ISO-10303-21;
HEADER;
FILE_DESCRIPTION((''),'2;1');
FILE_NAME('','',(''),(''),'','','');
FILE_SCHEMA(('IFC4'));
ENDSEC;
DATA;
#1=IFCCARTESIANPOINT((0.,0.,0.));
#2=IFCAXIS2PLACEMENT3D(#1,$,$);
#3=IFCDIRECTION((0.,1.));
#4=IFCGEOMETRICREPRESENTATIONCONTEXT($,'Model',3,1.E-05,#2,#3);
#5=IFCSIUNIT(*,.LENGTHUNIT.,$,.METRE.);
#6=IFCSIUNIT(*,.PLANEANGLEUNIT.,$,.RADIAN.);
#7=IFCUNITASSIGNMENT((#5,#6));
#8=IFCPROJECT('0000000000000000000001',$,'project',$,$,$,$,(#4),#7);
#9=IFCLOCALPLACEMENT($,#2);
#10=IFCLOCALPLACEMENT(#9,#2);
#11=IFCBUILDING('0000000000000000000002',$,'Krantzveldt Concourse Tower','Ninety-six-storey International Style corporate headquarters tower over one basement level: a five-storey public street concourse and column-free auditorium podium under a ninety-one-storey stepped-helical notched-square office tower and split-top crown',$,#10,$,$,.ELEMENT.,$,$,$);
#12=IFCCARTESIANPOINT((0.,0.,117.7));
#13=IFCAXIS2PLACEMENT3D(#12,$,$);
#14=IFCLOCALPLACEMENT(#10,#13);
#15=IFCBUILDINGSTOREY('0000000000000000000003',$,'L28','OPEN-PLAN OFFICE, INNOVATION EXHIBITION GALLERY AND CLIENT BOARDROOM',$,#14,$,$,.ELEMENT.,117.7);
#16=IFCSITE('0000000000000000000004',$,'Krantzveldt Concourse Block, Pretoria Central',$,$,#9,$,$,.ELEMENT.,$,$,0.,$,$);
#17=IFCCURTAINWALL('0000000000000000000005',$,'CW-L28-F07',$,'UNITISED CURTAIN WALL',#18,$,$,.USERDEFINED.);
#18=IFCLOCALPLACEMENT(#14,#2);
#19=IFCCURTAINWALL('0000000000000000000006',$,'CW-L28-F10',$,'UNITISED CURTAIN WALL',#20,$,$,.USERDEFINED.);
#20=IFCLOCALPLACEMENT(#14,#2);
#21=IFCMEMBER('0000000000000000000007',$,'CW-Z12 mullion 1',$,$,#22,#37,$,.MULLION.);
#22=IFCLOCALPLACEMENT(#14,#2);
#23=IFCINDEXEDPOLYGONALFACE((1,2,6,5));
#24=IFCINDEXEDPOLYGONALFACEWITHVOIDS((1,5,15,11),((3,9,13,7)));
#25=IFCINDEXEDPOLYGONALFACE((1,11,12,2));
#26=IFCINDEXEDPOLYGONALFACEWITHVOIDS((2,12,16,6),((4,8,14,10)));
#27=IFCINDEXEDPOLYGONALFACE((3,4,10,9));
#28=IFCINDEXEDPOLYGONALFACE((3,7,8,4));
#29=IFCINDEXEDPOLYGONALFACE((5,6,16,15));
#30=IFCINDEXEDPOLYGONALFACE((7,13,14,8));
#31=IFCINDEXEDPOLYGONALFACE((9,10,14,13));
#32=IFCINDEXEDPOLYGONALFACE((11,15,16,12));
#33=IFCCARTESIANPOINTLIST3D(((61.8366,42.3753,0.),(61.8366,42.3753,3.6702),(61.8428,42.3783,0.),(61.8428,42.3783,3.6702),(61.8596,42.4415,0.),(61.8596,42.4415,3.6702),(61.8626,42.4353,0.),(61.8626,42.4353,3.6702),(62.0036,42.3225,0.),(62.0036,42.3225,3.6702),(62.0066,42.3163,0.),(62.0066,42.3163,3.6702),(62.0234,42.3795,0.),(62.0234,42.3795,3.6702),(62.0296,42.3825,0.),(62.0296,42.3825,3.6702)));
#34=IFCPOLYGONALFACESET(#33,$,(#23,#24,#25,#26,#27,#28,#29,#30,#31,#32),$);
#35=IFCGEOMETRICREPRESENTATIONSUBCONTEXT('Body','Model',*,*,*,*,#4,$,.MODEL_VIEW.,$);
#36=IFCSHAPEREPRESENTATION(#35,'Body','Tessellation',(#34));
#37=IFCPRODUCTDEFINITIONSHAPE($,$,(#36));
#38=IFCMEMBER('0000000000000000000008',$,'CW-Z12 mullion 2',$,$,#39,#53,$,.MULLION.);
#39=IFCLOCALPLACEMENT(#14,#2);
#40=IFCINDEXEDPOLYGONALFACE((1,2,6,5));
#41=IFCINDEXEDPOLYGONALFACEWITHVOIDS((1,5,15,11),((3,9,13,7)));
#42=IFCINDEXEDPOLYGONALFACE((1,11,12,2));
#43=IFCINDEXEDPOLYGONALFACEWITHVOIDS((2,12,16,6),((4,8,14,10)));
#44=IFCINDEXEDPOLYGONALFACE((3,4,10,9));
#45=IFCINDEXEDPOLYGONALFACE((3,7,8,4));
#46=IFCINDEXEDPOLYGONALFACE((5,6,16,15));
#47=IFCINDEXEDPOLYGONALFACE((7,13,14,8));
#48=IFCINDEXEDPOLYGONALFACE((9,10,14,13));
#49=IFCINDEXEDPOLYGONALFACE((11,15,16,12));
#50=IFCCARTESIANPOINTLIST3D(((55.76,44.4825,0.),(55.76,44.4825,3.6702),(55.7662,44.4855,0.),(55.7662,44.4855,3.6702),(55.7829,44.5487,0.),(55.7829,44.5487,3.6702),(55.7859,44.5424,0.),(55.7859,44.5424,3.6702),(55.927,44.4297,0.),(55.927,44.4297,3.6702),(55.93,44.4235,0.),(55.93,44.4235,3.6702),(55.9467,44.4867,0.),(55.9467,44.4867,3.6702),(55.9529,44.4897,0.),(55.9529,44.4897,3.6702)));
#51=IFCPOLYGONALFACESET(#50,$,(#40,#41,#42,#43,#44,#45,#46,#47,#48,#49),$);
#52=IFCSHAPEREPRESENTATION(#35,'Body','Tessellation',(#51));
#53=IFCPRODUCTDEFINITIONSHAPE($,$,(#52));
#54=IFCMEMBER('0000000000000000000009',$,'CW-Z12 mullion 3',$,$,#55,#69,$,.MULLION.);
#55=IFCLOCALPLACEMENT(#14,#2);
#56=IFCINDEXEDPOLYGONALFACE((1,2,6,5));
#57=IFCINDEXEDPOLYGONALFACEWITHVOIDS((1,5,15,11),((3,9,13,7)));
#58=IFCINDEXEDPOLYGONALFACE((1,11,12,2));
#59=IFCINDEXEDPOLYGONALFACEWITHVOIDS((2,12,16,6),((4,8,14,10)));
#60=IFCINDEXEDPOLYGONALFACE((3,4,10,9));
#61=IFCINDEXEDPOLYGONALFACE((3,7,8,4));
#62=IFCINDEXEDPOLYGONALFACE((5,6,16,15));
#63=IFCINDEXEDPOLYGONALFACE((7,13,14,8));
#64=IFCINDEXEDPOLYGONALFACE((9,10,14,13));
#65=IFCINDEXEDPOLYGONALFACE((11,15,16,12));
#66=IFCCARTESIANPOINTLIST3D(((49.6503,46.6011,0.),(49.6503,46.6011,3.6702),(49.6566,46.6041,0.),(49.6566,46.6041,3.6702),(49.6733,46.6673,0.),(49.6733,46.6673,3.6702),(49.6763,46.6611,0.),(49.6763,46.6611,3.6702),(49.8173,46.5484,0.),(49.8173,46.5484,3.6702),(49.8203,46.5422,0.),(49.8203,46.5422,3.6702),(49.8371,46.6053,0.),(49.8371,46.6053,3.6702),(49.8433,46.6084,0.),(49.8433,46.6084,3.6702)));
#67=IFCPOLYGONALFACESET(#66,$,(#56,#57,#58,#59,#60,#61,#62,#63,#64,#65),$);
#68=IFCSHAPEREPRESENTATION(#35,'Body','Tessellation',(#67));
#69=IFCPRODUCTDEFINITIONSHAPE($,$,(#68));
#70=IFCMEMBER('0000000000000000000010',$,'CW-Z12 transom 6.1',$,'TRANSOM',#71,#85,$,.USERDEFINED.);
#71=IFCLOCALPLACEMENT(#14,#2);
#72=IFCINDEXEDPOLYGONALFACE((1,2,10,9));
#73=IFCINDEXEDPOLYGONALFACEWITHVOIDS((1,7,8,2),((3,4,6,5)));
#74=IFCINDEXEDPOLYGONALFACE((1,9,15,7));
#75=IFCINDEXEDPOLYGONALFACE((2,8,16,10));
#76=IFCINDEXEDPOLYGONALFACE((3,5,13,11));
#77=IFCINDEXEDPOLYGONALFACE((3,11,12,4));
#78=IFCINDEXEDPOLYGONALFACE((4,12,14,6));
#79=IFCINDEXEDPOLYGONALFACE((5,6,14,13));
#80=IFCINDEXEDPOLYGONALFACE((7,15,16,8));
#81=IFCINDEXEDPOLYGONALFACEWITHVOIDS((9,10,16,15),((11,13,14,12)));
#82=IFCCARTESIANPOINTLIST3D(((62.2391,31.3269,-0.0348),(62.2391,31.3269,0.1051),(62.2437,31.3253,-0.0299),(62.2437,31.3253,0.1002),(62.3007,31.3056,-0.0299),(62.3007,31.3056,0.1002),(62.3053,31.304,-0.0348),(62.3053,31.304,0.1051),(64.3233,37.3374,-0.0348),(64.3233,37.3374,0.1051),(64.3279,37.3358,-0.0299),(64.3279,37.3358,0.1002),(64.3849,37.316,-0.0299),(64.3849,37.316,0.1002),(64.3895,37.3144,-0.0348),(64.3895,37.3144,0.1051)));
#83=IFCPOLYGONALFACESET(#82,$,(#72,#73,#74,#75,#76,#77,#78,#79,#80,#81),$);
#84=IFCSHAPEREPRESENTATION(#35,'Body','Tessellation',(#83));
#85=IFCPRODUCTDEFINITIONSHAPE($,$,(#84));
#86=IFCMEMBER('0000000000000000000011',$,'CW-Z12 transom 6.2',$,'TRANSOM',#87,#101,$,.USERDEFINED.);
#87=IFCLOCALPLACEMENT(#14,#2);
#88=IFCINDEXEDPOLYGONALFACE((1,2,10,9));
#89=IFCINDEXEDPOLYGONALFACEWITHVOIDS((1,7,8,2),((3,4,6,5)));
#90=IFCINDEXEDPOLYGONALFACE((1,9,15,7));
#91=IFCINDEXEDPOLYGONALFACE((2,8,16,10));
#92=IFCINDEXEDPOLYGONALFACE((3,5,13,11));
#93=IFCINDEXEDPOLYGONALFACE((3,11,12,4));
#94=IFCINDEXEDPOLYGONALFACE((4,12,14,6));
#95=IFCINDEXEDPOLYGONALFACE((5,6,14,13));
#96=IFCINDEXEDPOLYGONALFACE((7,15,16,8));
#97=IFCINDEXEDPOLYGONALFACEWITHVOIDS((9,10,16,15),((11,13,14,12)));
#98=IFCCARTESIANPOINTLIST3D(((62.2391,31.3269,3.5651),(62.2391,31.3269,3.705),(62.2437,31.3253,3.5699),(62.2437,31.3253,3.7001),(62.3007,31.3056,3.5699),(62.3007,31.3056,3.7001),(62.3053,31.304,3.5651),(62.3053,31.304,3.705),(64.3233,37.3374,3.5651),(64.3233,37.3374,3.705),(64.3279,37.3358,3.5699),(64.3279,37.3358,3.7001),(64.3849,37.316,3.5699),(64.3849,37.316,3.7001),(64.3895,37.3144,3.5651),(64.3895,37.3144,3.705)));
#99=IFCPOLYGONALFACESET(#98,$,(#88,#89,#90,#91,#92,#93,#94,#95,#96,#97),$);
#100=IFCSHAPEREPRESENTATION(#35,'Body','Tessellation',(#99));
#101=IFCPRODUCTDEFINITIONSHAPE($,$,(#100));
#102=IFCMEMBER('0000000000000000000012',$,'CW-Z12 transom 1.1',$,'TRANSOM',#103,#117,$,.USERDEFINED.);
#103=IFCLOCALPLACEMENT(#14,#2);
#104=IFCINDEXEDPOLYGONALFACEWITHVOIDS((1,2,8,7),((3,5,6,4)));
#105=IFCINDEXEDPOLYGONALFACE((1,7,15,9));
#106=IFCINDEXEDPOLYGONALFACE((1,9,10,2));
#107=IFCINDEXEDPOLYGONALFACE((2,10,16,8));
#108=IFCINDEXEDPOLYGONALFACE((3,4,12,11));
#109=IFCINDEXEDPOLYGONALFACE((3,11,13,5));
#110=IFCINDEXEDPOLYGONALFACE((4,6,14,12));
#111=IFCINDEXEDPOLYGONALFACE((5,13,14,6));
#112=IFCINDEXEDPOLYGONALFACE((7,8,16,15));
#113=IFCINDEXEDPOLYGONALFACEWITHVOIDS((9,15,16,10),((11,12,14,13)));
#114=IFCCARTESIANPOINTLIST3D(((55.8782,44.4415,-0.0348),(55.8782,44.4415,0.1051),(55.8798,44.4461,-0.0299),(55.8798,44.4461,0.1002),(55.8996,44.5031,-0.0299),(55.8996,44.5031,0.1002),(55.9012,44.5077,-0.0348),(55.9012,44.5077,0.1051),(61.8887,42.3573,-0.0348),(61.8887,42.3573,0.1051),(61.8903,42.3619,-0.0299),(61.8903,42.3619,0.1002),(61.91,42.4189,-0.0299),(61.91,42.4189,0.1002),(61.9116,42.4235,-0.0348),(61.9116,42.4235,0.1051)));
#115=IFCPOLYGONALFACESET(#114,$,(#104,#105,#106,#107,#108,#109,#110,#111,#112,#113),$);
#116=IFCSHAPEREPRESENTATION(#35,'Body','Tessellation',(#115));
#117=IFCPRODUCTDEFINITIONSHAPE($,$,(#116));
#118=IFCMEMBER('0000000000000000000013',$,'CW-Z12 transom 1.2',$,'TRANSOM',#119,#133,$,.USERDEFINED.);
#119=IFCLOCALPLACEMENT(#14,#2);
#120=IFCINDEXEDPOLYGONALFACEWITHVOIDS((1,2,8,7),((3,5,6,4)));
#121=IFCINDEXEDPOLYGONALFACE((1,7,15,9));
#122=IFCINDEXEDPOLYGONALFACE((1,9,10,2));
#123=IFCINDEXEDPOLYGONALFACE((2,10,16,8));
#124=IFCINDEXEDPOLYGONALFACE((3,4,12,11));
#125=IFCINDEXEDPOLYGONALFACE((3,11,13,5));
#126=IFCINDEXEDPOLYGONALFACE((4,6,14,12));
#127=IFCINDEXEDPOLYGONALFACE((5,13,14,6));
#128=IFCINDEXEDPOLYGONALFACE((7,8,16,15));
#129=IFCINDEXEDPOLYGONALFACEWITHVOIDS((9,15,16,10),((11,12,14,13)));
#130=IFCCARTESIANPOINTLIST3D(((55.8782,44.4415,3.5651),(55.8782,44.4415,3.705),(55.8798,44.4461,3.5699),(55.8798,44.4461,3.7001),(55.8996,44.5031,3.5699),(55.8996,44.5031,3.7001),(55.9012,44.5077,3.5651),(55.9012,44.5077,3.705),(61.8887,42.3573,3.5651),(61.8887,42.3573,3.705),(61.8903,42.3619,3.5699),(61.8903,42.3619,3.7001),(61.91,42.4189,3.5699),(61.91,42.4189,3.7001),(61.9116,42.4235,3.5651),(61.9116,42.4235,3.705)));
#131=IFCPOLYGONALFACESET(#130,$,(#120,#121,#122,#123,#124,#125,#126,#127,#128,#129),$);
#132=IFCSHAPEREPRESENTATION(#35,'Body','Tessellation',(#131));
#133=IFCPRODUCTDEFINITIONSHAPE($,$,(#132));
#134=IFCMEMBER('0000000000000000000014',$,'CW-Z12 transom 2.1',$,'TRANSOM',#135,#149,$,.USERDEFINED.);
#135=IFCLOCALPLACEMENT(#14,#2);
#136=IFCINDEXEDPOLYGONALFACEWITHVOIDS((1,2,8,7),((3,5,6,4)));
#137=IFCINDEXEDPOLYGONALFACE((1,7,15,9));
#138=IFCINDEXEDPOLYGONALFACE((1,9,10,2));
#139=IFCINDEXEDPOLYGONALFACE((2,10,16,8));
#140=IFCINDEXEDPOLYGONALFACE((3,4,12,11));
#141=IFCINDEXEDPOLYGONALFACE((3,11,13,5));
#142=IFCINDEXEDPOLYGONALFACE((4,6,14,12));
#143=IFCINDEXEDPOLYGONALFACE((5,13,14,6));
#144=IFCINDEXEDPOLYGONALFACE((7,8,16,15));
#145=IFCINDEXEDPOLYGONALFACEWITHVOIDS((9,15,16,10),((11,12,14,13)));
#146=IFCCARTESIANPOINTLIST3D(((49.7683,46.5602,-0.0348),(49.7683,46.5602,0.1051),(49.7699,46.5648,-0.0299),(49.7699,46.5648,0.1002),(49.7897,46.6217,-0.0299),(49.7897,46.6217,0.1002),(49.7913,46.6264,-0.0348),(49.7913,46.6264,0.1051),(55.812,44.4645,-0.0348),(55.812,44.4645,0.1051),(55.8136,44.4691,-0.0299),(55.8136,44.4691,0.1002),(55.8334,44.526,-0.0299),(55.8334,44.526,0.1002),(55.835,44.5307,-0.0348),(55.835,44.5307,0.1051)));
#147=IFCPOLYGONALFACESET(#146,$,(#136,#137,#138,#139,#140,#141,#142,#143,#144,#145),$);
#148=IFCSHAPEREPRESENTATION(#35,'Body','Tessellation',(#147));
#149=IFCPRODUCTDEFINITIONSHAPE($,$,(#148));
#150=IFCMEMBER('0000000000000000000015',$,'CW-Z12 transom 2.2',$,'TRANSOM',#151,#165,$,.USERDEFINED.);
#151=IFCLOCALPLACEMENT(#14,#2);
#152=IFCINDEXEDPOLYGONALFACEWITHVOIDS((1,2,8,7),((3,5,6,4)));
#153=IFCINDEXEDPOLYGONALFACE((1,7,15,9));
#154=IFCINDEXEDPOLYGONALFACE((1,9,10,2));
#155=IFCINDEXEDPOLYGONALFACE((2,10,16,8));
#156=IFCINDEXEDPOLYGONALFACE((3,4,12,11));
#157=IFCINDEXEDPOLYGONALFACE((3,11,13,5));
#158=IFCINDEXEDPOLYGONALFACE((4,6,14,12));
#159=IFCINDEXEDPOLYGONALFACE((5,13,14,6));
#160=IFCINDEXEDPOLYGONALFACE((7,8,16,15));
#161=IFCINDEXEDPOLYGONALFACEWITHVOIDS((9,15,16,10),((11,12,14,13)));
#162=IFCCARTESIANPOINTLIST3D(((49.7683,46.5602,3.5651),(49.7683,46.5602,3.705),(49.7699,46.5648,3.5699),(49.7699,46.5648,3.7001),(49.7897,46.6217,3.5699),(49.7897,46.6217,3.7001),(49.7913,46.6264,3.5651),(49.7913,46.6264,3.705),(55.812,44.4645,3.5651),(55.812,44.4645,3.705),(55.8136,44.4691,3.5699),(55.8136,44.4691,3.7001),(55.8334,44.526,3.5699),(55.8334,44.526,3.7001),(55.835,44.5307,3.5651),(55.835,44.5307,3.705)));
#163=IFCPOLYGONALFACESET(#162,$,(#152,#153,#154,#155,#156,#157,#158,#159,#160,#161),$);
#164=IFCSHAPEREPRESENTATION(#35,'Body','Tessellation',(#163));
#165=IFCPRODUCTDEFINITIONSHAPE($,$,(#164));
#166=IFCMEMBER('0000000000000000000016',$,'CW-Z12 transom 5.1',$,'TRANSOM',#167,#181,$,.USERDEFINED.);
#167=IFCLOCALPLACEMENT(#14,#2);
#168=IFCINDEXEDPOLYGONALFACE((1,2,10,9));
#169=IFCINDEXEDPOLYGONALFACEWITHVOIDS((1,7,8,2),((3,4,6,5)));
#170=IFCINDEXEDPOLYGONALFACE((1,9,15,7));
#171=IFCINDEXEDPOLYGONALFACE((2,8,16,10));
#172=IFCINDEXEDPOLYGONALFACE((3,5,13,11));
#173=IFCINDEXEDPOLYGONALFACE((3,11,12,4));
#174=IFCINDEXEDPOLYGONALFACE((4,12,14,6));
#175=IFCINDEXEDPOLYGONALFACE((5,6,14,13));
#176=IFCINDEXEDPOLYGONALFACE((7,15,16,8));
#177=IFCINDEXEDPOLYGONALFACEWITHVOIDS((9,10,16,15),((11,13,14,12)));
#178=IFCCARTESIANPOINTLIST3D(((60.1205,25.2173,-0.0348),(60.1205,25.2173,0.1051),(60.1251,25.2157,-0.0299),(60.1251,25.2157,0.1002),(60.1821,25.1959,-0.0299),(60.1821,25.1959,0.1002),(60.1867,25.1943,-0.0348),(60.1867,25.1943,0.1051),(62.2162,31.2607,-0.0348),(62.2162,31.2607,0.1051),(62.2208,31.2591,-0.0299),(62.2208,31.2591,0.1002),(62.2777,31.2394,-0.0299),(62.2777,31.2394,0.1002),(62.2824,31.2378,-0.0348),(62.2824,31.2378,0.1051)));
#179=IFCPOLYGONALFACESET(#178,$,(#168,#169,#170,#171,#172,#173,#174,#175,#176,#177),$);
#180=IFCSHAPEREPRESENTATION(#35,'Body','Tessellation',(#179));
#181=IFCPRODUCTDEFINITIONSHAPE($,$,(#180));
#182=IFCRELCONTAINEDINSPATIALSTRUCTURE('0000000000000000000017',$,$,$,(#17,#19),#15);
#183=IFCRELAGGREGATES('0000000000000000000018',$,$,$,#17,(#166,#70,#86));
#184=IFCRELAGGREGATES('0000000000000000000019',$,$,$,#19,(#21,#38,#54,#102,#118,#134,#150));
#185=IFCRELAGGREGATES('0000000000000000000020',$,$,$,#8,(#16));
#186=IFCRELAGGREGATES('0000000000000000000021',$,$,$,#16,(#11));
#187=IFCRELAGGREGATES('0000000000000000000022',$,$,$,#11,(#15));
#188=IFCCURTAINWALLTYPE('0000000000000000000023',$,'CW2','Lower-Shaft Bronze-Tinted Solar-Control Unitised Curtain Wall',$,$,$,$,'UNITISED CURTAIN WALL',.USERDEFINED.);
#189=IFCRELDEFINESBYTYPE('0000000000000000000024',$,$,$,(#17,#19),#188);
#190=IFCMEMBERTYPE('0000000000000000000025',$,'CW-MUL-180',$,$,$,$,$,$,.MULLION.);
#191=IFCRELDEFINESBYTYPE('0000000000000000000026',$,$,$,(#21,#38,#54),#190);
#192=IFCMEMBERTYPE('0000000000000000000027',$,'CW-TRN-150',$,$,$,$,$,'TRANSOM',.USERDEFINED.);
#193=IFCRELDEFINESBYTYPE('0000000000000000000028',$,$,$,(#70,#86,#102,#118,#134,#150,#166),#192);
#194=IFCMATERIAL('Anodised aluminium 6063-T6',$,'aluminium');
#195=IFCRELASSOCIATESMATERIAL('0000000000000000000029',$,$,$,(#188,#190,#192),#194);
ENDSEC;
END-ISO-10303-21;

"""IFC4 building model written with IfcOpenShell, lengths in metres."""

from ifc_helpers import new_model, si_unit, direction, frame, origin, origin_2d, place, context, subcontext, project, spatial, hollow_rectangle, extrude, source, transform, mapped, material, material_profile, profile_set, type_object, type_shapes, element, aggregate, save


model = new_model("IFC4")

# Units and contexts
model_context = context("Model", 3, precision=1e-05, world=origin(), true_north=direction((0.0, 1.0)))
body_context = subcontext(model_context, "Body", "Model", "MODEL_VIEW")
ifc_project = project(units=[si_unit("LENGTHUNIT", "METRE"), si_unit("PLANEANGLEUNIT", "RADIAN")], contexts=[model_context])

# Site, building, storey
site_placement = place(None, origin())
site = spatial("IfcSite", under=ifc_project, at=site_placement, Name="Krantzveldt Concourse Block, Pretoria Central", CompositionType="ELEMENT", RefElevation=0.0)
building_placement = place(site_placement, origin())
building = spatial("IfcBuilding", under=site, at=building_placement, Name="Krantzveldt Concourse Tower", Description="Ninety-six-storey International Style corporate headquarters tower over one basement level: a five-storey public street concourse and column-free auditorium podium under a ninety-one-storey stepped-helical notched-square office tower and split-top crown", CompositionType="ELEMENT")
storey_placement = place(building_placement, frame((0.0, 0.0, 117.7)))
storey = spatial("IfcBuildingStorey", under=building, at=storey_placement, Name="L28", Description="OPEN-PLAN OFFICE, INNOVATION EXHIBITION GALLERY AND CLIENT BOARDROOM", CompositionType="ELEMENT", Elevation=117.7)

# Curtain walls, members
ifc_material_1 = material(Name="Anodised aluminium 6063-T6", Category="aluminium")
curtain_wall_type = type_object("IfcCurtainWallType", Name="CW2", Description="Lower-Shaft Bronze-Tinted Solar-Control Unitised Curtain Wall", ElementType="UNITISED CURTAIN WALL", PredefinedType="USERDEFINED", material=ifc_material_1)
curtain_wall_1_placement = place(storey_placement, origin())
curtain_wall_1 = element("IfcCurtainWall", 1, at=curtain_wall_1_placement, inside=storey, type_object=curtain_wall_type, Name="CW-L28-F07", ObjectType="UNITISED CURTAIN WALL", PredefinedType="USERDEFINED")
ifc_material_profile_1 = material_profile(ifc_material_1, hollow_rectangle(XDim=0.0701, YDim=0.1799, WallThickness=0.0049, at=origin_2d()), Name="Anodised aluminium 6063-T6", Category="aluminium")
ifc_profile_set_1 = profile_set([ifc_material_profile_1], Name="Anodised aluminium 6063-T6 - ALU-MULL 180x70x5")
member_type_1 = type_object("IfcMemberType", Name="CW-MUL-180", PredefinedType="MULLION", material=ifc_profile_set_1)
shared_shape_1 = source(origin(), body_context, "Body", "SweptSolid", [
    extrude(hollow_rectangle(XDim=0.0701, YDim=0.1799, WallThickness=0.0049, at=origin_2d()), origin(), (0.0, 0.0, 1.0), 3.6702),
])
type_shapes(member_type_1, [shared_shape_1])
curtain_wall_2_placement = place(storey_placement, origin())
curtain_wall_2 = element("IfcCurtainWall", 2, at=curtain_wall_2_placement, inside=storey, type_object=curtain_wall_type, Name="CW-L28-F10", ObjectType="UNITISED CURTAIN WALL", PredefinedType="USERDEFINED")
member_1_placement = place(storey_placement, frame((61.9331, 42.3789, 0.0), z_axis=(0.0, 0.0, 1.0), x_axis=(-0.32763, -0.944806, 0.0)))
member_1 = element("IfcMember", 3, at=member_1_placement, type_object=member_type_1, Name="CW-Z12 mullion 1", PredefinedType="MULLION", context=body_context, shape_type="MappedRepresentation", body=[
    mapped(shared_shape_1, transform((0.0, 0.0, 0.0), x_axis=(1.0, 0.0, 0.0), y_axis=(0.0, 1.0, 0.0), z_axis=(0.0, 0.0, 1.0), scale=1.0)),
])
member_2_placement = place(storey_placement, frame((55.8564, 44.4861, 0.0), z_axis=(0.0, 0.0, 1.0), x_axis=(-0.32763, -0.944806, 0.0)))
member_2 = element("IfcMember", 4, at=member_2_placement, type_object=member_type_1, Name="CW-Z12 mullion 2", PredefinedType="MULLION", context=body_context, shape_type="MappedRepresentation", body=[
    mapped(shared_shape_1, transform((0.0, 0.0, 0.0), x_axis=(1.0, 0.0, 0.0), y_axis=(0.0, 1.0, 0.0), z_axis=(0.0, 0.0, 1.0), scale=1.0)),
])
member_3_placement = place(storey_placement, frame((49.7468, 46.6047, 0.0), z_axis=(0.0, 0.0, 1.0), x_axis=(-0.32763, -0.944806, 0.0)))
member_3 = element("IfcMember", 5, at=member_3_placement, type_object=member_type_1, Name="CW-Z12 mullion 3", PredefinedType="MULLION", context=body_context, shape_type="MappedRepresentation", body=[
    mapped(shared_shape_1, transform((0.0, 0.0, 0.0), x_axis=(1.0, 0.0, 0.0), y_axis=(0.0, 1.0, 0.0), z_axis=(0.0, 0.0, 1.0), scale=1.0)),
])

# Members
ifc_material_profile_2 = material_profile(ifc_material_1, hollow_rectangle(XDim=0.0701, YDim=0.1399, WallThickness=0.0049, at=origin_2d()), Name="Anodised aluminium 6063-T6", Category="aluminium")
ifc_profile_set_2 = profile_set([ifc_material_profile_2], Name="Anodised aluminium 6063-T6 - ALU-TRAN 140x70x5")
member_type_2 = type_object("IfcMemberType", Name="CW-TRN-150", ElementType="TRANSOM", PredefinedType="USERDEFINED", material=ifc_profile_set_2)
shared_shape_2 = source(origin(), body_context, "Body", "SweptSolid", [
    extrude(hollow_rectangle(XDim=0.0701, YDim=0.1399, WallThickness=0.0049, at=origin_2d()), origin(), (0.0, 0.0, 1.0), 6.3616),
])
member_4_placement = place(storey_placement, frame((62.2722, 31.3154, 0.0352), z_axis=(0.327626, 0.944808, 0.0), x_axis=(-0.944808, 0.327626, 0.0)))
member_4 = element("IfcMember", 6, at=member_4_placement, type_object=member_type_2, Name="CW-Z12 transom 6.1", ObjectType="TRANSOM", PredefinedType="USERDEFINED", context=body_context, shape_type="MappedRepresentation", body=[
    mapped(shared_shape_2, transform((0.0, 0.0, 0.0), x_axis=(1.0, 0.0, 0.0), y_axis=(0.0, 1.0, 0.0), z_axis=(0.0, 0.0, 1.0), scale=1.0)),
])
member_5_placement = place(storey_placement, frame((62.2722, 31.3154, 3.635), z_axis=(0.327626, 0.944808, 0.0), x_axis=(-0.944808, 0.327626, 0.0)))
member_5 = element("IfcMember", 7, at=member_5_placement, type_object=member_type_2, Name="CW-Z12 transom 6.2", ObjectType="TRANSOM", PredefinedType="USERDEFINED", context=body_context, shape_type="MappedRepresentation", body=[
    mapped(shared_shape_2, transform((0.0, 0.0, 0.0), x_axis=(1.0, 0.0, 0.0), y_axis=(0.0, 1.0, 0.0), z_axis=(0.0, 0.0, 1.0), scale=1.0)),
])
member_6_placement = place(storey_placement, frame((61.9001, 42.3904, 0.0352), z_axis=(-0.944808, 0.327626, 0.0), x_axis=(-0.327626, -0.944808, 0.0)))
member_6 = element("IfcMember", 8, at=member_6_placement, type_object=member_type_2, Name="CW-Z12 transom 1.1", ObjectType="TRANSOM", PredefinedType="USERDEFINED", context=body_context, shape_type="MappedRepresentation", body=[
    mapped(shared_shape_2, transform((0.0, 0.0, 0.0), x_axis=(1.0, 0.0, 0.0), y_axis=(0.0, 1.0, 0.0), z_axis=(0.0, 0.0, 1.0), scale=1.0)),
])
member_7_placement = place(storey_placement, frame((61.9001, 42.3904, 3.635), z_axis=(-0.944808, 0.327626, 0.0), x_axis=(-0.327626, -0.944808, 0.0)))
member_7 = element("IfcMember", 9, at=member_7_placement, type_object=member_type_2, Name="CW-Z12 transom 1.2", ObjectType="TRANSOM", PredefinedType="USERDEFINED", context=body_context, shape_type="MappedRepresentation", body=[
    mapped(shared_shape_2, transform((0.0, 0.0, 0.0), x_axis=(1.0, 0.0, 0.0), y_axis=(0.0, 1.0, 0.0), z_axis=(0.0, 0.0, 1.0), scale=1.0)),
])
shared_shape_3 = source(origin(), body_context, "Body", "SweptSolid", [
    extrude(hollow_rectangle(XDim=0.0701, YDim=0.1399, WallThickness=0.0049, at=origin_2d()), origin(), (0.0, 0.0, 1.0), 6.3967),
])
member_8_placement = place(storey_placement, frame((55.8235, 44.4976, 0.0352), z_axis=(-0.944809, 0.32762, 0.0), x_axis=(-0.32762, -0.944809, 0.0)))
member_8 = element("IfcMember", 10, at=member_8_placement, type_object=member_type_2, Name="CW-Z12 transom 2.1", ObjectType="TRANSOM", PredefinedType="USERDEFINED", context=body_context, shape_type="MappedRepresentation", body=[
    mapped(shared_shape_3, transform((0.0, 0.0, 0.0), x_axis=(1.0, 0.0, 0.0), y_axis=(0.0, 1.0, 0.0), z_axis=(0.0, 0.0, 1.0), scale=1.0)),
])
member_9_placement = place(storey_placement, frame((55.8235, 44.4976, 3.635), z_axis=(-0.944809, 0.32762, 0.0), x_axis=(-0.32762, -0.944809, 0.0)))
member_9 = element("IfcMember", 11, at=member_9_placement, type_object=member_type_2, Name="CW-Z12 transom 2.2", ObjectType="TRANSOM", PredefinedType="USERDEFINED", context=body_context, shape_type="MappedRepresentation", body=[
    mapped(shared_shape_3, transform((0.0, 0.0, 0.0), x_axis=(1.0, 0.0, 0.0), y_axis=(0.0, 1.0, 0.0), z_axis=(0.0, 0.0, 1.0), scale=1.0)),
])
shared_shape_4 = source(origin(), body_context, "Body", "SweptSolid", [
    extrude(hollow_rectangle(XDim=0.0701, YDim=0.1399, WallThickness=0.0049, at=origin_2d()), origin(), (0.0, 0.0, 1.0), 6.3965),
])
type_shapes(member_type_2, [shared_shape_2, shared_shape_3, shared_shape_4])
member_10_placement = place(storey_placement, frame((60.1536, 25.2058, 0.0352), z_axis=(0.327632, 0.944805, 0.0), x_axis=(-0.944805, 0.327632, 0.0)))
member_10 = element("IfcMember", 12, at=member_10_placement, type_object=member_type_2, Name="CW-Z12 transom 5.1", ObjectType="TRANSOM", PredefinedType="USERDEFINED", context=body_context, shape_type="MappedRepresentation", body=[
    mapped(shared_shape_4, transform((0.0, 0.0, 0.0), x_axis=(1.0, 0.0, 0.0), y_axis=(0.0, 1.0, 0.0), z_axis=(0.0, 0.0, 1.0), scale=1.0)),
])

aggregate(curtain_wall_1, [member_10, member_4, member_5])
aggregate(curtain_wall_2, [member_1, member_2, member_3, member_6, member_7, member_8, member_9])

save(model, "model.ifc")
